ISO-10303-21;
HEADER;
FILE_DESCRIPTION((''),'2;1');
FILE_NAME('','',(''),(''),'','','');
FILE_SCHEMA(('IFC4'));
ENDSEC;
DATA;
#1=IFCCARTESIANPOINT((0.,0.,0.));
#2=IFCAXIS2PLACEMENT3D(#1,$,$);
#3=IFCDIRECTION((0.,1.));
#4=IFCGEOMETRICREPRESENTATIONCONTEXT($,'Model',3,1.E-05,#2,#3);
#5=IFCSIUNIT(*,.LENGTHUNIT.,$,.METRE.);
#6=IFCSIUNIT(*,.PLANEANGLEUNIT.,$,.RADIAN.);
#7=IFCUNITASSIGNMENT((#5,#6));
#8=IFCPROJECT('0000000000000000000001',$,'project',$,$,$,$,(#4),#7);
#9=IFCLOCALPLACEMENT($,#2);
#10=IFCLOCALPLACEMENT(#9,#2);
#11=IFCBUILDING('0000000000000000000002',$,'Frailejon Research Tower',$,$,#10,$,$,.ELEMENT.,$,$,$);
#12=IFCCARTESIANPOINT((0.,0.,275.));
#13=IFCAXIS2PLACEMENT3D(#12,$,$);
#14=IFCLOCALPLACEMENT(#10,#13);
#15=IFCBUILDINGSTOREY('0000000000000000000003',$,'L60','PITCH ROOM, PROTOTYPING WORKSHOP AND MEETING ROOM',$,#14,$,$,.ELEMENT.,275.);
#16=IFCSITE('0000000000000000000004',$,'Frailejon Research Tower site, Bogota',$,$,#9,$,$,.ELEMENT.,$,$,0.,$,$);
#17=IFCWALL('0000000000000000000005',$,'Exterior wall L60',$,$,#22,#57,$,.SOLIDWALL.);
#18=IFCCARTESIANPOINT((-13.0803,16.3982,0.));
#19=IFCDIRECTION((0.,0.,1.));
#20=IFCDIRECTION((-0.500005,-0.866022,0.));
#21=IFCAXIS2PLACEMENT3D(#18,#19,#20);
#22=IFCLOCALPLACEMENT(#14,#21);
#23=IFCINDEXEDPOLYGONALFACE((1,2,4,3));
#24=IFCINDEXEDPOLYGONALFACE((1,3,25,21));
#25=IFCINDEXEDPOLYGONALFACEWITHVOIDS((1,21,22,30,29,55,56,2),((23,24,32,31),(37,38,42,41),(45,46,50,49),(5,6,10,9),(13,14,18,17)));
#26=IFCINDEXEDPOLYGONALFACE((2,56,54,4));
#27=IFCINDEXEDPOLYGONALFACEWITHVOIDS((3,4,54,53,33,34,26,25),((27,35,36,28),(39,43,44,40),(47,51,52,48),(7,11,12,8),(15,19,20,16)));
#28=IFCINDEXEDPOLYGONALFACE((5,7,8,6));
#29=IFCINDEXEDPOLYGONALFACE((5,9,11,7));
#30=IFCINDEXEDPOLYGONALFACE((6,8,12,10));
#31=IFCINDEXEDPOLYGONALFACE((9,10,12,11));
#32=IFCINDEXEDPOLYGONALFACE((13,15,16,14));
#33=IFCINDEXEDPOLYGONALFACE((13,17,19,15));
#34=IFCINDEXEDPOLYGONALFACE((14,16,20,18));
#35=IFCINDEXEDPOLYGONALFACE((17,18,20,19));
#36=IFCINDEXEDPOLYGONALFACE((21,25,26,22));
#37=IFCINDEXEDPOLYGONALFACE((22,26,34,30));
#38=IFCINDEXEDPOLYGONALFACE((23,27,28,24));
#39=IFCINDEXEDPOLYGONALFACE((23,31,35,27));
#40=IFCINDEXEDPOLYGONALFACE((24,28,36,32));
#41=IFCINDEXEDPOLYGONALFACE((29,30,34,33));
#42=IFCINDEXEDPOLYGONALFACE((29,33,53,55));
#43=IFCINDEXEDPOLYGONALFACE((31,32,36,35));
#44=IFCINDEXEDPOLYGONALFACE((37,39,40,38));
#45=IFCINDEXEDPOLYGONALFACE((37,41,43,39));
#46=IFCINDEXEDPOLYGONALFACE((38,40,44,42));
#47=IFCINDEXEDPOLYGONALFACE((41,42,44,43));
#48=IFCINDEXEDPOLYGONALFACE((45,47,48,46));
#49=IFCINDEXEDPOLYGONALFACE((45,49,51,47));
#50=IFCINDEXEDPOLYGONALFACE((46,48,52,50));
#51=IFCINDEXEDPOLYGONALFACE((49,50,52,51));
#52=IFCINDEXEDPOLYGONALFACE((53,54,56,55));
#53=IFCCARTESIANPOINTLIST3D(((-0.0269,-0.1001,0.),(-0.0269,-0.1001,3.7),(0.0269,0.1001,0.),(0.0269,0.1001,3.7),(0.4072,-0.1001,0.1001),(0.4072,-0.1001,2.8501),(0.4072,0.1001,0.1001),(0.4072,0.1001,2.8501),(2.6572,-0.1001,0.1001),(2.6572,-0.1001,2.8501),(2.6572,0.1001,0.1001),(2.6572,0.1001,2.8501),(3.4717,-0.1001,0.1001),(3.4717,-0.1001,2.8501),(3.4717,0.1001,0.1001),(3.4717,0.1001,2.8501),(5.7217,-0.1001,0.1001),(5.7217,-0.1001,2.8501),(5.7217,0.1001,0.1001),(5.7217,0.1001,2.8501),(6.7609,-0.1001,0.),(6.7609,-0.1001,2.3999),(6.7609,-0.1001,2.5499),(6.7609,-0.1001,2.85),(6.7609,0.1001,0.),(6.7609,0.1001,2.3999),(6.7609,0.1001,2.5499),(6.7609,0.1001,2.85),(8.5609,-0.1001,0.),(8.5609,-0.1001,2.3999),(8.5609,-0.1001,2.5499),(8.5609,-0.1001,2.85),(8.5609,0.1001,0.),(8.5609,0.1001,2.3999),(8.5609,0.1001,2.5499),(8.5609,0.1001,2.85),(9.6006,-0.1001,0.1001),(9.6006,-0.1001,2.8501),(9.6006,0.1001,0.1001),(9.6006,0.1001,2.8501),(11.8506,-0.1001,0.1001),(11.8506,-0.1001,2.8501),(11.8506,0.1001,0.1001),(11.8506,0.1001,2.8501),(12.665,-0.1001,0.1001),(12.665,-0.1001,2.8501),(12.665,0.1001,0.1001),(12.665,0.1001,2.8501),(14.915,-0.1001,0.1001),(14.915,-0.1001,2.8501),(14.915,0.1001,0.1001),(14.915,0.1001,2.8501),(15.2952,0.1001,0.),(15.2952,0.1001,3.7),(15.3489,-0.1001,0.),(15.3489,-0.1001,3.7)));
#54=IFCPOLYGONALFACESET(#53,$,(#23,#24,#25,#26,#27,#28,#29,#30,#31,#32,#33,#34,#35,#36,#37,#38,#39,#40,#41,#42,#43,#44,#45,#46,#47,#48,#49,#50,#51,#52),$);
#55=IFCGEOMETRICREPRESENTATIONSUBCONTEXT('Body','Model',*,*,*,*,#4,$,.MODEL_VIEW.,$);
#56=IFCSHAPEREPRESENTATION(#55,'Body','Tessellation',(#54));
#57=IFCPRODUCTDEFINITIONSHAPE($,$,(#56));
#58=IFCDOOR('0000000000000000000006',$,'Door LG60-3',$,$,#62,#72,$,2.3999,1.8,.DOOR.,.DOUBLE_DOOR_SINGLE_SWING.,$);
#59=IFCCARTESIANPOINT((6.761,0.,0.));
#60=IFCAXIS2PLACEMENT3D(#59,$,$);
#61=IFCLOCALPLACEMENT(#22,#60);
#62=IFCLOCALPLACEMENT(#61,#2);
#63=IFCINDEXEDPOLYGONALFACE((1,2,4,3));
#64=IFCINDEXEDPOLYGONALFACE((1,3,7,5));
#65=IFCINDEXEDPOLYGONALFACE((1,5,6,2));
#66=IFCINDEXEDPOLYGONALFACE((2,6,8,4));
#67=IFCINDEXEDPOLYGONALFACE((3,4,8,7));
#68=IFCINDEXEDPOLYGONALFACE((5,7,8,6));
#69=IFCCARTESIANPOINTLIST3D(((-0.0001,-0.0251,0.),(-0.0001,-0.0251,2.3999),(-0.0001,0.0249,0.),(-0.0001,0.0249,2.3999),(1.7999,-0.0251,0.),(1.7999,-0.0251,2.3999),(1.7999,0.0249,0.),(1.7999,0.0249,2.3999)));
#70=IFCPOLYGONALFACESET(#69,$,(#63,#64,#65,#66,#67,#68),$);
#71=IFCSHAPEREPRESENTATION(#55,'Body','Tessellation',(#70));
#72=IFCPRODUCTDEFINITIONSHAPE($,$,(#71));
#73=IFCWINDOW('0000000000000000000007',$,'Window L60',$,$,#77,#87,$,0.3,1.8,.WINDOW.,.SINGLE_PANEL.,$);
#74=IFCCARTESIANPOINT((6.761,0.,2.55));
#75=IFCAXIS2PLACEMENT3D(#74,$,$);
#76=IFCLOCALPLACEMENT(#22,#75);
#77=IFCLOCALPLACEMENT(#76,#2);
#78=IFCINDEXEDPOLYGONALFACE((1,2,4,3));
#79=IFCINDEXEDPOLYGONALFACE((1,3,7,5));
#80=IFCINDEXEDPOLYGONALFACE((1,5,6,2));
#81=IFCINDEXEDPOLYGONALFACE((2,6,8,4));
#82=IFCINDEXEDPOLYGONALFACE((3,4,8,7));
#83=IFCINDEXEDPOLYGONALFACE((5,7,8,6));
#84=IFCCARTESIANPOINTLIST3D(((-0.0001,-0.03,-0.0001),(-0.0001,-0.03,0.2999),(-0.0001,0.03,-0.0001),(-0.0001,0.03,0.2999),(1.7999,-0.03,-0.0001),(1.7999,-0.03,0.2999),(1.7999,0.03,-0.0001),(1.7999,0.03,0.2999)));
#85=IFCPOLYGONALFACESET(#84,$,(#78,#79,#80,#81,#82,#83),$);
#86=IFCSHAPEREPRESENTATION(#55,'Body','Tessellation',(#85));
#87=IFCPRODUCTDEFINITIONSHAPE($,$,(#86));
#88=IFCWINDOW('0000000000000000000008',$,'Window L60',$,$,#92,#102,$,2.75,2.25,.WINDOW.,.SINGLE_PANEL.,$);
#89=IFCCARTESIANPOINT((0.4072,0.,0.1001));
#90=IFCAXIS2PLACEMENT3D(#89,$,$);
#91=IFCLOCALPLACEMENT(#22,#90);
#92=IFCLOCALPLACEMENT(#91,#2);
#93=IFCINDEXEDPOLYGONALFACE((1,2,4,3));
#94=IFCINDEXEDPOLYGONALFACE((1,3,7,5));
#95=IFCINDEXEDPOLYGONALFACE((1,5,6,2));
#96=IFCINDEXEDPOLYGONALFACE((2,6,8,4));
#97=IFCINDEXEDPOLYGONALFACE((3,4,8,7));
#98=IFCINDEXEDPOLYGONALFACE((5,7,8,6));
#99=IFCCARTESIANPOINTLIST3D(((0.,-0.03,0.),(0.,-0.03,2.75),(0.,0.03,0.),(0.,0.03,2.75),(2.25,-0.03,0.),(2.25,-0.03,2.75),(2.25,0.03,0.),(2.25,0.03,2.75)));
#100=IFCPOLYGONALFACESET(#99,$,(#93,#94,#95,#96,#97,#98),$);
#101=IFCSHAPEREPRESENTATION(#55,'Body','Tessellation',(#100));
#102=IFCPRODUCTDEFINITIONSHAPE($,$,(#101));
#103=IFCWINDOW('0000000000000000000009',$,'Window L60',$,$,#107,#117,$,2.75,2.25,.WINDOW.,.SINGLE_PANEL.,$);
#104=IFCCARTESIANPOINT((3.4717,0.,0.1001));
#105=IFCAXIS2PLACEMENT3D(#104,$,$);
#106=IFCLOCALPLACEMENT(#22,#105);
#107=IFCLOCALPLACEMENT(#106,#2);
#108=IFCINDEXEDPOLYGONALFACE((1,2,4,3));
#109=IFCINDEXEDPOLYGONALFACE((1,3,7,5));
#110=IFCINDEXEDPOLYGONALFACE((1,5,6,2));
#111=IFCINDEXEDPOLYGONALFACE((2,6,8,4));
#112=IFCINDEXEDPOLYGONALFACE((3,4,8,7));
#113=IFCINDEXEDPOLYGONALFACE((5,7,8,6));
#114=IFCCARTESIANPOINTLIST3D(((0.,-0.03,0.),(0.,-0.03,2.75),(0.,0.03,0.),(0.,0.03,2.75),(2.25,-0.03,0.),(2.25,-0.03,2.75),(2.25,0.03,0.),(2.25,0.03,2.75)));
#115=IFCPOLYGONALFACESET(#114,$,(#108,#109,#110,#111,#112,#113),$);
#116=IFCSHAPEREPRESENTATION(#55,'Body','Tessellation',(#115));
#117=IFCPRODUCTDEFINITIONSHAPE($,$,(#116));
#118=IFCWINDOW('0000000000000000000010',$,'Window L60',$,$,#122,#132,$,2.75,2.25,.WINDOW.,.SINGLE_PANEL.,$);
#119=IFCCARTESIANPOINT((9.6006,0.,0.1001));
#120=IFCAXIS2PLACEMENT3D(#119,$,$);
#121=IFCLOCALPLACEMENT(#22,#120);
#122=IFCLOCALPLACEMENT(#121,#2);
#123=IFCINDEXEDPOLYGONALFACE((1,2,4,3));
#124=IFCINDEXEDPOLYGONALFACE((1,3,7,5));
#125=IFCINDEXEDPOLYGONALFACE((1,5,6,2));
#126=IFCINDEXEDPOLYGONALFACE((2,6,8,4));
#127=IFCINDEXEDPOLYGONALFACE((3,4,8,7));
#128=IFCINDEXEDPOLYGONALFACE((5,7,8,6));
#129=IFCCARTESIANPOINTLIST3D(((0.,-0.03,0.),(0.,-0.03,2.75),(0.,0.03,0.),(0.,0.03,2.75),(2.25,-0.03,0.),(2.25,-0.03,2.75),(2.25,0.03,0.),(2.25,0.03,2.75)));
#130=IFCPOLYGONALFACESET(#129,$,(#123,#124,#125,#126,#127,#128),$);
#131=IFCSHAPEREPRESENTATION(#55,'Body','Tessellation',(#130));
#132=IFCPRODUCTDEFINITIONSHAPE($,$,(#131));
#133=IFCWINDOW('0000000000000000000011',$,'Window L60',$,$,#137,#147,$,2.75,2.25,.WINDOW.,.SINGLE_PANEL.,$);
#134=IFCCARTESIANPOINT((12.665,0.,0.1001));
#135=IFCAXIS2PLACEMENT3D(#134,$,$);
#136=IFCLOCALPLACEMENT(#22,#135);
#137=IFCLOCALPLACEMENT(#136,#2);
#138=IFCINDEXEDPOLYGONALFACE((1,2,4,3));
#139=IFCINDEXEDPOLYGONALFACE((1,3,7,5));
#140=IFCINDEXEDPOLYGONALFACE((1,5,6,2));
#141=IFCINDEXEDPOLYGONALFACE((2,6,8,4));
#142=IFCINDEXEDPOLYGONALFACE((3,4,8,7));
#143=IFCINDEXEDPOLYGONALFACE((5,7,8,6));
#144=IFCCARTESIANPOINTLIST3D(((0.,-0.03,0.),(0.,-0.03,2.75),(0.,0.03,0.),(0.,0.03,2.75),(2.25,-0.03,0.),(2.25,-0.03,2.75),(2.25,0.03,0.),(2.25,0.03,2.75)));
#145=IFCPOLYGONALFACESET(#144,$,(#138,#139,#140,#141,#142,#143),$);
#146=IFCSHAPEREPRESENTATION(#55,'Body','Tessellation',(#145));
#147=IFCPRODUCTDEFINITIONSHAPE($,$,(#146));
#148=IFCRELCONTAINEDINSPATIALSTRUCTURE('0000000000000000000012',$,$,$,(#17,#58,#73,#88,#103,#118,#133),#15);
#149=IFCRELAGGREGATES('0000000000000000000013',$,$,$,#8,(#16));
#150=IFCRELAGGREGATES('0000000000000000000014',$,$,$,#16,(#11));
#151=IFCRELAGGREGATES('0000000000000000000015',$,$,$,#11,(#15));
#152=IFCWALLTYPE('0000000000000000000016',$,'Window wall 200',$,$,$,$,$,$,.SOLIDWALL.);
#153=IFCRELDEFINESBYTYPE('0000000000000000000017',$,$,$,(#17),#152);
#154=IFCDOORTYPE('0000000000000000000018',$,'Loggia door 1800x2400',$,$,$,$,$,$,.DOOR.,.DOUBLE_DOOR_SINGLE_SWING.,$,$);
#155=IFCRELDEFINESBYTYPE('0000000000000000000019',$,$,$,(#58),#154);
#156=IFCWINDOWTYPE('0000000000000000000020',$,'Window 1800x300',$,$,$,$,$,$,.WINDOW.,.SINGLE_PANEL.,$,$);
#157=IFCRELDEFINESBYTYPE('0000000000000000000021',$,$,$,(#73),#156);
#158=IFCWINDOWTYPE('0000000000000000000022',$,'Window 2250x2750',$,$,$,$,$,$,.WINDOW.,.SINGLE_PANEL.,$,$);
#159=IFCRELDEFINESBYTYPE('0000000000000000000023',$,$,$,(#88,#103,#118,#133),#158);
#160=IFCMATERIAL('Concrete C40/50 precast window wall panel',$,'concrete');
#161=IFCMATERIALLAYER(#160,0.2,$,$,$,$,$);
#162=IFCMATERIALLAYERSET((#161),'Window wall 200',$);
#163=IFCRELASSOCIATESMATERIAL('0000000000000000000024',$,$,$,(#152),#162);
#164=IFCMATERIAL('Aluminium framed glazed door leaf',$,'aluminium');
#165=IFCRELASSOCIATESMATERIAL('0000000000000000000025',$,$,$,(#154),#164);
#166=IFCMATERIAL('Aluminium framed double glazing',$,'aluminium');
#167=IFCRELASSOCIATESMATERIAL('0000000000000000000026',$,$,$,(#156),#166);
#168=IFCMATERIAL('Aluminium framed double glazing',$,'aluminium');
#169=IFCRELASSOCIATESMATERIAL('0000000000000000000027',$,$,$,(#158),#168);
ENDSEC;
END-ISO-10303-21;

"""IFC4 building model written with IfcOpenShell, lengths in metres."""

from ifc_helpers import new_model, si_unit, direction, frame, frame_2d, origin, place, context, subcontext, project, spatial, polyline, rectangle, outline, extrude, material, layer, layer_set, type_object, element, fill, save


model = new_model("IFC4")

# Units and contexts
model_context = context("Model", 3, precision=1e-05, world=origin(), true_north=direction((0.0, 1.0)))
body_context = subcontext(model_context, "Body", "Model", "MODEL_VIEW")
ifc_project = project(units=[si_unit("LENGTHUNIT", "METRE"), si_unit("PLANEANGLEUNIT", "RADIAN")], contexts=[model_context])

# Site, building, storey
site_placement = place(None, origin())
site = spatial("IfcSite", under=ifc_project, at=site_placement, Name="Frailejon Research Tower site, Bogota", CompositionType="ELEMENT", RefElevation=0.0)
building_placement = place(site_placement, origin())
building = spatial("IfcBuilding", under=site, at=building_placement, Name="Frailejon Research Tower", CompositionType="ELEMENT")
storey_placement = place(building_placement, frame((0.0, 0.0, 275.0)))
storey = spatial("IfcBuildingStorey", under=building, at=storey_placement, Name="L60", Description="PITCH ROOM, PROTOTYPING WORKSHOP AND MEETING ROOM", CompositionType="ELEMENT", Elevation=275.0)

# Wall, openings, door, windows
ifc_material_1 = material(Name="Concrete C40/50 precast window wall panel", Category="concrete")
ifc_layer_1 = layer(ifc_material_1, 0.2)
ifc_layer_set_1 = layer_set([ifc_layer_1], Name="Window wall 200")
wall_type_1 = type_object("IfcWallType", Name="Window wall 200", PredefinedType="SOLIDWALL", material=ifc_layer_set_1)
wall_1_placement = place(storey_placement, frame((-13.0803, 16.3982, 0.0), z_axis=(0.0, 0.0, 1.0), x_axis=(-0.500005, -0.866022, 0.0)))
wall_1 = element("IfcWall", 1, at=wall_1_placement, inside=storey, type_object=wall_type_1, Name="Exterior wall L60", PredefinedType="SOLIDWALL", context=body_context, shape_type="SweptSolid", body=[
    extrude(outline(polyline([(-0.0269, -0.1001), (0.9983, -0.1001), (2.0232, -0.1001), (3.0483, -0.1001), (4.0732, -0.1001), (5.0984, -0.1001), (6.1235, -0.1001), (7.1484, -0.1001), (8.1736, -0.1001), (9.1985, -0.1001), (10.2236, -0.1001), (11.2488, -0.1001), (12.2737, -0.1001), (13.2988, -0.1001), (14.3237, -0.1001), (15.3489, -0.1001), (15.2952, 0.1001), (14.2773, 0.1001), (13.2593, 0.1001), (12.2415, 0.1001), (11.2236, 0.1001), (10.2058, 0.1001), (9.1877, 0.1001), (8.1699, 0.1001), (7.1521, 0.1001), (6.1343, 0.1001), (5.1162, 0.1001), (4.0984, 0.1001), (3.0806, 0.1001), (2.0627, 0.1001), (1.0447, 0.1001), (0.0269, 0.1001), (-0.0269, -0.1001)])), origin(), (0.0, 0.0, 1.0), 3.7),
])
opening_1_placement = place(wall_1_placement, frame((0.4072, 0.0, 0.1001)))
opening_1 = element("IfcOpeningElement", 2, at=opening_1_placement, cuts=wall_1, PredefinedType="OPENING", context=body_context, shape_type="SweptSolid", body=[
    extrude(rectangle(XDim=2.25, YDim=2.75, at=frame_2d((1.125, 1.375))), frame((0.0, 0.1099, 0.0), z_axis=(0.0, -1.0, 0.0), x_axis=(1.0, 0.0, 0.0)), (0.0, 0.0, 1.0), 0.22),
])
opening_2_placement = place(wall_1_placement, frame((3.4717, 0.0, 0.1001)))
opening_2 = element("IfcOpeningElement", 3, at=opening_2_placement, cuts=wall_1, PredefinedType="OPENING", context=body_context, shape_type="SweptSolid", body=[
    extrude(rectangle(XDim=2.25, YDim=2.75, at=frame_2d((1.125, 1.375))), frame((0.0, 0.1099, 0.0), z_axis=(0.0, -1.0, 0.0), x_axis=(1.0, 0.0, 0.0)), (0.0, 0.0, 1.0), 0.22),
])
opening_3_placement = place(wall_1_placement, frame((6.761, 0.0, 0.0)))
opening_3 = element("IfcOpeningElement", 4, at=opening_3_placement, cuts=wall_1, PredefinedType="OPENING", context=body_context, shape_type="SweptSolid", body=[
    extrude(rectangle(XDim=1.8, YDim=2.3999, at=frame_2d((0.8999, 1.2))), frame((0.0, 0.1099, 0.0), z_axis=(0.0, -1.0, 0.0), x_axis=(1.0, 0.0, 0.0)), (0.0, 0.0, 1.0), 0.22),
])
opening_4_placement = place(wall_1_placement, frame((6.761, 0.0, 2.55)))
opening_4 = element("IfcOpeningElement", 5, at=opening_4_placement, cuts=wall_1, PredefinedType="OPENING", context=body_context, shape_type="SweptSolid", body=[
    extrude(rectangle(XDim=1.8, YDim=0.3, at=frame_2d((0.8999, 0.1499))), frame((0.0, 0.1099, 0.0), z_axis=(0.0, -1.0, 0.0), x_axis=(1.0, 0.0, 0.0)), (0.0, 0.0, 1.0), 0.22),
])
opening_5_placement = place(wall_1_placement, frame((9.6006, 0.0, 0.1001)))
opening_5 = element("IfcOpeningElement", 6, at=opening_5_placement, cuts=wall_1, PredefinedType="OPENING", context=body_context, shape_type="SweptSolid", body=[
    extrude(rectangle(XDim=2.25, YDim=2.75, at=frame_2d((1.125, 1.375))), frame((0.0, 0.1099, 0.0), z_axis=(0.0, -1.0, 0.0), x_axis=(1.0, 0.0, 0.0)), (0.0, 0.0, 1.0), 0.22),
])
opening_6_placement = place(wall_1_placement, frame((12.665, 0.0, 0.1001)))
opening_6 = element("IfcOpeningElement", 7, at=opening_6_placement, cuts=wall_1, PredefinedType="OPENING", context=body_context, shape_type="SweptSolid", body=[
    extrude(rectangle(XDim=2.25, YDim=2.75, at=frame_2d((1.125, 1.375))), frame((0.0, 0.1099, 0.0), z_axis=(0.0, -1.0, 0.0), x_axis=(1.0, 0.0, 0.0)), (0.0, 0.0, 1.0), 0.22),
])
ifc_material_2 = material(Name="Aluminium framed glazed door leaf", Category="aluminium")
door_type_1 = type_object("IfcDoorType", Name="Loggia door 1800x2400", OperationType="DOUBLE_DOOR_SINGLE_SWING", PredefinedType="DOOR", material=ifc_material_2)
door_1_placement = place(opening_3_placement, origin())
door_1 = element("IfcDoor", 8, at=door_1_placement, inside=storey, type_object=door_type_1, Name="Door LG60-3", OperationType="DOUBLE_DOOR_SINGLE_SWING", OverallHeight=2.3999, OverallWidth=1.8, PredefinedType="DOOR", context=body_context, shape_type="SweptSolid", body=[
    extrude(rectangle(XDim=1.8, YDim=2.3999, at=frame_2d((0.8999, 1.2))), frame((0.0, 0.0249, 0.0), z_axis=(0.0, -1.0, 0.0), x_axis=(1.0, 0.0, 0.0)), (0.0, 0.0, 1.0), 0.05),
])
fill(opening_3, door_1)
ifc_material_3 = material(Name="Aluminium framed double glazing", Category="aluminium")
window_type_1 = type_object("IfcWindowType", Name="Window 1800x300", PartitioningType="SINGLE_PANEL", PredefinedType="WINDOW", material=ifc_material_3)
window_1_placement = place(opening_4_placement, origin())
window_1 = element("IfcWindow", 9, at=window_1_placement, inside=storey, type_object=window_type_1, Name="Window L60", OverallHeight=0.3, OverallWidth=1.8, PartitioningType="SINGLE_PANEL", PredefinedType="WINDOW", context=body_context, shape_type="SweptSolid", body=[
    extrude(rectangle(XDim=1.8, YDim=0.3, at=frame_2d((0.8999, 0.1499))), frame((0.0, 0.03, 0.0), z_axis=(0.0, -1.0, 0.0), x_axis=(1.0, 0.0, 0.0)), (0.0, 0.0, 1.0), 0.0601),
])
fill(opening_4, window_1)
ifc_material_4 = material(Name="Aluminium framed double glazing", Category="aluminium")
window_type_2 = type_object("IfcWindowType", Name="Window 2250x2750", PartitioningType="SINGLE_PANEL", PredefinedType="WINDOW", material=ifc_material_4)
window_2_placement = place(opening_1_placement, origin())
window_2 = element("IfcWindow", 10, at=window_2_placement, inside=storey, type_object=window_type_2, Name="Window L60", OverallHeight=2.75, OverallWidth=2.25, PartitioningType="SINGLE_PANEL", PredefinedType="WINDOW", context=body_context, shape_type="SweptSolid", body=[
    extrude(rectangle(XDim=2.25, YDim=2.75, at=frame_2d((1.125, 1.375))), frame((0.0, 0.03, 0.0), z_axis=(0.0, -1.0, 0.0), x_axis=(1.0, 0.0, 0.0)), (0.0, 0.0, 1.0), 0.0601),
])
fill(opening_1, window_2)
window_3_placement = place(opening_2_placement, origin())
window_3 = element("IfcWindow", 11, at=window_3_placement, inside=storey, type_object=window_type_2, Name="Window L60", OverallHeight=2.75, OverallWidth=2.25, PartitioningType="SINGLE_PANEL", PredefinedType="WINDOW", context=body_context, shape_type="SweptSolid", body=[
    extrude(rectangle(XDim=2.25, YDim=2.75, at=frame_2d((1.125, 1.375))), frame((0.0, 0.03, 0.0), z_axis=(0.0, -1.0, 0.0), x_axis=(1.0, 0.0, 0.0)), (0.0, 0.0, 1.0), 0.0601),
])
fill(opening_2, window_3)
window_4_placement = place(opening_5_placement, origin())
window_4 = element("IfcWindow", 12, at=window_4_placement, inside=storey, type_object=window_type_2, Name="Window L60", OverallHeight=2.75, OverallWidth=2.25, PartitioningType="SINGLE_PANEL", PredefinedType="WINDOW", context=body_context, shape_type="SweptSolid", body=[
    extrude(rectangle(XDim=2.25, YDim=2.75, at=frame_2d((1.125, 1.375))), frame((0.0, 0.03, 0.0), z_axis=(0.0, -1.0, 0.0), x_axis=(1.0, 0.0, 0.0)), (0.0, 0.0, 1.0), 0.0601),
])
fill(opening_5, window_4)
window_5_placement = place(opening_6_placement, origin())
window_5 = element("IfcWindow", 13, at=window_5_placement, inside=storey, type_object=window_type_2, Name="Window L60", OverallHeight=2.75, OverallWidth=2.25, PartitioningType="SINGLE_PANEL", PredefinedType="WINDOW", context=body_context, shape_type="SweptSolid", body=[
    extrude(rectangle(XDim=2.25, YDim=2.75, at=frame_2d((1.125, 1.375))), frame((0.0, 0.03, 0.0), z_axis=(0.0, -1.0, 0.0), x_axis=(1.0, 0.0, 0.0)), (0.0, 0.0, 1.0), 0.0601),
])
fill(opening_6, window_5)

save(model, "model.ifc")
